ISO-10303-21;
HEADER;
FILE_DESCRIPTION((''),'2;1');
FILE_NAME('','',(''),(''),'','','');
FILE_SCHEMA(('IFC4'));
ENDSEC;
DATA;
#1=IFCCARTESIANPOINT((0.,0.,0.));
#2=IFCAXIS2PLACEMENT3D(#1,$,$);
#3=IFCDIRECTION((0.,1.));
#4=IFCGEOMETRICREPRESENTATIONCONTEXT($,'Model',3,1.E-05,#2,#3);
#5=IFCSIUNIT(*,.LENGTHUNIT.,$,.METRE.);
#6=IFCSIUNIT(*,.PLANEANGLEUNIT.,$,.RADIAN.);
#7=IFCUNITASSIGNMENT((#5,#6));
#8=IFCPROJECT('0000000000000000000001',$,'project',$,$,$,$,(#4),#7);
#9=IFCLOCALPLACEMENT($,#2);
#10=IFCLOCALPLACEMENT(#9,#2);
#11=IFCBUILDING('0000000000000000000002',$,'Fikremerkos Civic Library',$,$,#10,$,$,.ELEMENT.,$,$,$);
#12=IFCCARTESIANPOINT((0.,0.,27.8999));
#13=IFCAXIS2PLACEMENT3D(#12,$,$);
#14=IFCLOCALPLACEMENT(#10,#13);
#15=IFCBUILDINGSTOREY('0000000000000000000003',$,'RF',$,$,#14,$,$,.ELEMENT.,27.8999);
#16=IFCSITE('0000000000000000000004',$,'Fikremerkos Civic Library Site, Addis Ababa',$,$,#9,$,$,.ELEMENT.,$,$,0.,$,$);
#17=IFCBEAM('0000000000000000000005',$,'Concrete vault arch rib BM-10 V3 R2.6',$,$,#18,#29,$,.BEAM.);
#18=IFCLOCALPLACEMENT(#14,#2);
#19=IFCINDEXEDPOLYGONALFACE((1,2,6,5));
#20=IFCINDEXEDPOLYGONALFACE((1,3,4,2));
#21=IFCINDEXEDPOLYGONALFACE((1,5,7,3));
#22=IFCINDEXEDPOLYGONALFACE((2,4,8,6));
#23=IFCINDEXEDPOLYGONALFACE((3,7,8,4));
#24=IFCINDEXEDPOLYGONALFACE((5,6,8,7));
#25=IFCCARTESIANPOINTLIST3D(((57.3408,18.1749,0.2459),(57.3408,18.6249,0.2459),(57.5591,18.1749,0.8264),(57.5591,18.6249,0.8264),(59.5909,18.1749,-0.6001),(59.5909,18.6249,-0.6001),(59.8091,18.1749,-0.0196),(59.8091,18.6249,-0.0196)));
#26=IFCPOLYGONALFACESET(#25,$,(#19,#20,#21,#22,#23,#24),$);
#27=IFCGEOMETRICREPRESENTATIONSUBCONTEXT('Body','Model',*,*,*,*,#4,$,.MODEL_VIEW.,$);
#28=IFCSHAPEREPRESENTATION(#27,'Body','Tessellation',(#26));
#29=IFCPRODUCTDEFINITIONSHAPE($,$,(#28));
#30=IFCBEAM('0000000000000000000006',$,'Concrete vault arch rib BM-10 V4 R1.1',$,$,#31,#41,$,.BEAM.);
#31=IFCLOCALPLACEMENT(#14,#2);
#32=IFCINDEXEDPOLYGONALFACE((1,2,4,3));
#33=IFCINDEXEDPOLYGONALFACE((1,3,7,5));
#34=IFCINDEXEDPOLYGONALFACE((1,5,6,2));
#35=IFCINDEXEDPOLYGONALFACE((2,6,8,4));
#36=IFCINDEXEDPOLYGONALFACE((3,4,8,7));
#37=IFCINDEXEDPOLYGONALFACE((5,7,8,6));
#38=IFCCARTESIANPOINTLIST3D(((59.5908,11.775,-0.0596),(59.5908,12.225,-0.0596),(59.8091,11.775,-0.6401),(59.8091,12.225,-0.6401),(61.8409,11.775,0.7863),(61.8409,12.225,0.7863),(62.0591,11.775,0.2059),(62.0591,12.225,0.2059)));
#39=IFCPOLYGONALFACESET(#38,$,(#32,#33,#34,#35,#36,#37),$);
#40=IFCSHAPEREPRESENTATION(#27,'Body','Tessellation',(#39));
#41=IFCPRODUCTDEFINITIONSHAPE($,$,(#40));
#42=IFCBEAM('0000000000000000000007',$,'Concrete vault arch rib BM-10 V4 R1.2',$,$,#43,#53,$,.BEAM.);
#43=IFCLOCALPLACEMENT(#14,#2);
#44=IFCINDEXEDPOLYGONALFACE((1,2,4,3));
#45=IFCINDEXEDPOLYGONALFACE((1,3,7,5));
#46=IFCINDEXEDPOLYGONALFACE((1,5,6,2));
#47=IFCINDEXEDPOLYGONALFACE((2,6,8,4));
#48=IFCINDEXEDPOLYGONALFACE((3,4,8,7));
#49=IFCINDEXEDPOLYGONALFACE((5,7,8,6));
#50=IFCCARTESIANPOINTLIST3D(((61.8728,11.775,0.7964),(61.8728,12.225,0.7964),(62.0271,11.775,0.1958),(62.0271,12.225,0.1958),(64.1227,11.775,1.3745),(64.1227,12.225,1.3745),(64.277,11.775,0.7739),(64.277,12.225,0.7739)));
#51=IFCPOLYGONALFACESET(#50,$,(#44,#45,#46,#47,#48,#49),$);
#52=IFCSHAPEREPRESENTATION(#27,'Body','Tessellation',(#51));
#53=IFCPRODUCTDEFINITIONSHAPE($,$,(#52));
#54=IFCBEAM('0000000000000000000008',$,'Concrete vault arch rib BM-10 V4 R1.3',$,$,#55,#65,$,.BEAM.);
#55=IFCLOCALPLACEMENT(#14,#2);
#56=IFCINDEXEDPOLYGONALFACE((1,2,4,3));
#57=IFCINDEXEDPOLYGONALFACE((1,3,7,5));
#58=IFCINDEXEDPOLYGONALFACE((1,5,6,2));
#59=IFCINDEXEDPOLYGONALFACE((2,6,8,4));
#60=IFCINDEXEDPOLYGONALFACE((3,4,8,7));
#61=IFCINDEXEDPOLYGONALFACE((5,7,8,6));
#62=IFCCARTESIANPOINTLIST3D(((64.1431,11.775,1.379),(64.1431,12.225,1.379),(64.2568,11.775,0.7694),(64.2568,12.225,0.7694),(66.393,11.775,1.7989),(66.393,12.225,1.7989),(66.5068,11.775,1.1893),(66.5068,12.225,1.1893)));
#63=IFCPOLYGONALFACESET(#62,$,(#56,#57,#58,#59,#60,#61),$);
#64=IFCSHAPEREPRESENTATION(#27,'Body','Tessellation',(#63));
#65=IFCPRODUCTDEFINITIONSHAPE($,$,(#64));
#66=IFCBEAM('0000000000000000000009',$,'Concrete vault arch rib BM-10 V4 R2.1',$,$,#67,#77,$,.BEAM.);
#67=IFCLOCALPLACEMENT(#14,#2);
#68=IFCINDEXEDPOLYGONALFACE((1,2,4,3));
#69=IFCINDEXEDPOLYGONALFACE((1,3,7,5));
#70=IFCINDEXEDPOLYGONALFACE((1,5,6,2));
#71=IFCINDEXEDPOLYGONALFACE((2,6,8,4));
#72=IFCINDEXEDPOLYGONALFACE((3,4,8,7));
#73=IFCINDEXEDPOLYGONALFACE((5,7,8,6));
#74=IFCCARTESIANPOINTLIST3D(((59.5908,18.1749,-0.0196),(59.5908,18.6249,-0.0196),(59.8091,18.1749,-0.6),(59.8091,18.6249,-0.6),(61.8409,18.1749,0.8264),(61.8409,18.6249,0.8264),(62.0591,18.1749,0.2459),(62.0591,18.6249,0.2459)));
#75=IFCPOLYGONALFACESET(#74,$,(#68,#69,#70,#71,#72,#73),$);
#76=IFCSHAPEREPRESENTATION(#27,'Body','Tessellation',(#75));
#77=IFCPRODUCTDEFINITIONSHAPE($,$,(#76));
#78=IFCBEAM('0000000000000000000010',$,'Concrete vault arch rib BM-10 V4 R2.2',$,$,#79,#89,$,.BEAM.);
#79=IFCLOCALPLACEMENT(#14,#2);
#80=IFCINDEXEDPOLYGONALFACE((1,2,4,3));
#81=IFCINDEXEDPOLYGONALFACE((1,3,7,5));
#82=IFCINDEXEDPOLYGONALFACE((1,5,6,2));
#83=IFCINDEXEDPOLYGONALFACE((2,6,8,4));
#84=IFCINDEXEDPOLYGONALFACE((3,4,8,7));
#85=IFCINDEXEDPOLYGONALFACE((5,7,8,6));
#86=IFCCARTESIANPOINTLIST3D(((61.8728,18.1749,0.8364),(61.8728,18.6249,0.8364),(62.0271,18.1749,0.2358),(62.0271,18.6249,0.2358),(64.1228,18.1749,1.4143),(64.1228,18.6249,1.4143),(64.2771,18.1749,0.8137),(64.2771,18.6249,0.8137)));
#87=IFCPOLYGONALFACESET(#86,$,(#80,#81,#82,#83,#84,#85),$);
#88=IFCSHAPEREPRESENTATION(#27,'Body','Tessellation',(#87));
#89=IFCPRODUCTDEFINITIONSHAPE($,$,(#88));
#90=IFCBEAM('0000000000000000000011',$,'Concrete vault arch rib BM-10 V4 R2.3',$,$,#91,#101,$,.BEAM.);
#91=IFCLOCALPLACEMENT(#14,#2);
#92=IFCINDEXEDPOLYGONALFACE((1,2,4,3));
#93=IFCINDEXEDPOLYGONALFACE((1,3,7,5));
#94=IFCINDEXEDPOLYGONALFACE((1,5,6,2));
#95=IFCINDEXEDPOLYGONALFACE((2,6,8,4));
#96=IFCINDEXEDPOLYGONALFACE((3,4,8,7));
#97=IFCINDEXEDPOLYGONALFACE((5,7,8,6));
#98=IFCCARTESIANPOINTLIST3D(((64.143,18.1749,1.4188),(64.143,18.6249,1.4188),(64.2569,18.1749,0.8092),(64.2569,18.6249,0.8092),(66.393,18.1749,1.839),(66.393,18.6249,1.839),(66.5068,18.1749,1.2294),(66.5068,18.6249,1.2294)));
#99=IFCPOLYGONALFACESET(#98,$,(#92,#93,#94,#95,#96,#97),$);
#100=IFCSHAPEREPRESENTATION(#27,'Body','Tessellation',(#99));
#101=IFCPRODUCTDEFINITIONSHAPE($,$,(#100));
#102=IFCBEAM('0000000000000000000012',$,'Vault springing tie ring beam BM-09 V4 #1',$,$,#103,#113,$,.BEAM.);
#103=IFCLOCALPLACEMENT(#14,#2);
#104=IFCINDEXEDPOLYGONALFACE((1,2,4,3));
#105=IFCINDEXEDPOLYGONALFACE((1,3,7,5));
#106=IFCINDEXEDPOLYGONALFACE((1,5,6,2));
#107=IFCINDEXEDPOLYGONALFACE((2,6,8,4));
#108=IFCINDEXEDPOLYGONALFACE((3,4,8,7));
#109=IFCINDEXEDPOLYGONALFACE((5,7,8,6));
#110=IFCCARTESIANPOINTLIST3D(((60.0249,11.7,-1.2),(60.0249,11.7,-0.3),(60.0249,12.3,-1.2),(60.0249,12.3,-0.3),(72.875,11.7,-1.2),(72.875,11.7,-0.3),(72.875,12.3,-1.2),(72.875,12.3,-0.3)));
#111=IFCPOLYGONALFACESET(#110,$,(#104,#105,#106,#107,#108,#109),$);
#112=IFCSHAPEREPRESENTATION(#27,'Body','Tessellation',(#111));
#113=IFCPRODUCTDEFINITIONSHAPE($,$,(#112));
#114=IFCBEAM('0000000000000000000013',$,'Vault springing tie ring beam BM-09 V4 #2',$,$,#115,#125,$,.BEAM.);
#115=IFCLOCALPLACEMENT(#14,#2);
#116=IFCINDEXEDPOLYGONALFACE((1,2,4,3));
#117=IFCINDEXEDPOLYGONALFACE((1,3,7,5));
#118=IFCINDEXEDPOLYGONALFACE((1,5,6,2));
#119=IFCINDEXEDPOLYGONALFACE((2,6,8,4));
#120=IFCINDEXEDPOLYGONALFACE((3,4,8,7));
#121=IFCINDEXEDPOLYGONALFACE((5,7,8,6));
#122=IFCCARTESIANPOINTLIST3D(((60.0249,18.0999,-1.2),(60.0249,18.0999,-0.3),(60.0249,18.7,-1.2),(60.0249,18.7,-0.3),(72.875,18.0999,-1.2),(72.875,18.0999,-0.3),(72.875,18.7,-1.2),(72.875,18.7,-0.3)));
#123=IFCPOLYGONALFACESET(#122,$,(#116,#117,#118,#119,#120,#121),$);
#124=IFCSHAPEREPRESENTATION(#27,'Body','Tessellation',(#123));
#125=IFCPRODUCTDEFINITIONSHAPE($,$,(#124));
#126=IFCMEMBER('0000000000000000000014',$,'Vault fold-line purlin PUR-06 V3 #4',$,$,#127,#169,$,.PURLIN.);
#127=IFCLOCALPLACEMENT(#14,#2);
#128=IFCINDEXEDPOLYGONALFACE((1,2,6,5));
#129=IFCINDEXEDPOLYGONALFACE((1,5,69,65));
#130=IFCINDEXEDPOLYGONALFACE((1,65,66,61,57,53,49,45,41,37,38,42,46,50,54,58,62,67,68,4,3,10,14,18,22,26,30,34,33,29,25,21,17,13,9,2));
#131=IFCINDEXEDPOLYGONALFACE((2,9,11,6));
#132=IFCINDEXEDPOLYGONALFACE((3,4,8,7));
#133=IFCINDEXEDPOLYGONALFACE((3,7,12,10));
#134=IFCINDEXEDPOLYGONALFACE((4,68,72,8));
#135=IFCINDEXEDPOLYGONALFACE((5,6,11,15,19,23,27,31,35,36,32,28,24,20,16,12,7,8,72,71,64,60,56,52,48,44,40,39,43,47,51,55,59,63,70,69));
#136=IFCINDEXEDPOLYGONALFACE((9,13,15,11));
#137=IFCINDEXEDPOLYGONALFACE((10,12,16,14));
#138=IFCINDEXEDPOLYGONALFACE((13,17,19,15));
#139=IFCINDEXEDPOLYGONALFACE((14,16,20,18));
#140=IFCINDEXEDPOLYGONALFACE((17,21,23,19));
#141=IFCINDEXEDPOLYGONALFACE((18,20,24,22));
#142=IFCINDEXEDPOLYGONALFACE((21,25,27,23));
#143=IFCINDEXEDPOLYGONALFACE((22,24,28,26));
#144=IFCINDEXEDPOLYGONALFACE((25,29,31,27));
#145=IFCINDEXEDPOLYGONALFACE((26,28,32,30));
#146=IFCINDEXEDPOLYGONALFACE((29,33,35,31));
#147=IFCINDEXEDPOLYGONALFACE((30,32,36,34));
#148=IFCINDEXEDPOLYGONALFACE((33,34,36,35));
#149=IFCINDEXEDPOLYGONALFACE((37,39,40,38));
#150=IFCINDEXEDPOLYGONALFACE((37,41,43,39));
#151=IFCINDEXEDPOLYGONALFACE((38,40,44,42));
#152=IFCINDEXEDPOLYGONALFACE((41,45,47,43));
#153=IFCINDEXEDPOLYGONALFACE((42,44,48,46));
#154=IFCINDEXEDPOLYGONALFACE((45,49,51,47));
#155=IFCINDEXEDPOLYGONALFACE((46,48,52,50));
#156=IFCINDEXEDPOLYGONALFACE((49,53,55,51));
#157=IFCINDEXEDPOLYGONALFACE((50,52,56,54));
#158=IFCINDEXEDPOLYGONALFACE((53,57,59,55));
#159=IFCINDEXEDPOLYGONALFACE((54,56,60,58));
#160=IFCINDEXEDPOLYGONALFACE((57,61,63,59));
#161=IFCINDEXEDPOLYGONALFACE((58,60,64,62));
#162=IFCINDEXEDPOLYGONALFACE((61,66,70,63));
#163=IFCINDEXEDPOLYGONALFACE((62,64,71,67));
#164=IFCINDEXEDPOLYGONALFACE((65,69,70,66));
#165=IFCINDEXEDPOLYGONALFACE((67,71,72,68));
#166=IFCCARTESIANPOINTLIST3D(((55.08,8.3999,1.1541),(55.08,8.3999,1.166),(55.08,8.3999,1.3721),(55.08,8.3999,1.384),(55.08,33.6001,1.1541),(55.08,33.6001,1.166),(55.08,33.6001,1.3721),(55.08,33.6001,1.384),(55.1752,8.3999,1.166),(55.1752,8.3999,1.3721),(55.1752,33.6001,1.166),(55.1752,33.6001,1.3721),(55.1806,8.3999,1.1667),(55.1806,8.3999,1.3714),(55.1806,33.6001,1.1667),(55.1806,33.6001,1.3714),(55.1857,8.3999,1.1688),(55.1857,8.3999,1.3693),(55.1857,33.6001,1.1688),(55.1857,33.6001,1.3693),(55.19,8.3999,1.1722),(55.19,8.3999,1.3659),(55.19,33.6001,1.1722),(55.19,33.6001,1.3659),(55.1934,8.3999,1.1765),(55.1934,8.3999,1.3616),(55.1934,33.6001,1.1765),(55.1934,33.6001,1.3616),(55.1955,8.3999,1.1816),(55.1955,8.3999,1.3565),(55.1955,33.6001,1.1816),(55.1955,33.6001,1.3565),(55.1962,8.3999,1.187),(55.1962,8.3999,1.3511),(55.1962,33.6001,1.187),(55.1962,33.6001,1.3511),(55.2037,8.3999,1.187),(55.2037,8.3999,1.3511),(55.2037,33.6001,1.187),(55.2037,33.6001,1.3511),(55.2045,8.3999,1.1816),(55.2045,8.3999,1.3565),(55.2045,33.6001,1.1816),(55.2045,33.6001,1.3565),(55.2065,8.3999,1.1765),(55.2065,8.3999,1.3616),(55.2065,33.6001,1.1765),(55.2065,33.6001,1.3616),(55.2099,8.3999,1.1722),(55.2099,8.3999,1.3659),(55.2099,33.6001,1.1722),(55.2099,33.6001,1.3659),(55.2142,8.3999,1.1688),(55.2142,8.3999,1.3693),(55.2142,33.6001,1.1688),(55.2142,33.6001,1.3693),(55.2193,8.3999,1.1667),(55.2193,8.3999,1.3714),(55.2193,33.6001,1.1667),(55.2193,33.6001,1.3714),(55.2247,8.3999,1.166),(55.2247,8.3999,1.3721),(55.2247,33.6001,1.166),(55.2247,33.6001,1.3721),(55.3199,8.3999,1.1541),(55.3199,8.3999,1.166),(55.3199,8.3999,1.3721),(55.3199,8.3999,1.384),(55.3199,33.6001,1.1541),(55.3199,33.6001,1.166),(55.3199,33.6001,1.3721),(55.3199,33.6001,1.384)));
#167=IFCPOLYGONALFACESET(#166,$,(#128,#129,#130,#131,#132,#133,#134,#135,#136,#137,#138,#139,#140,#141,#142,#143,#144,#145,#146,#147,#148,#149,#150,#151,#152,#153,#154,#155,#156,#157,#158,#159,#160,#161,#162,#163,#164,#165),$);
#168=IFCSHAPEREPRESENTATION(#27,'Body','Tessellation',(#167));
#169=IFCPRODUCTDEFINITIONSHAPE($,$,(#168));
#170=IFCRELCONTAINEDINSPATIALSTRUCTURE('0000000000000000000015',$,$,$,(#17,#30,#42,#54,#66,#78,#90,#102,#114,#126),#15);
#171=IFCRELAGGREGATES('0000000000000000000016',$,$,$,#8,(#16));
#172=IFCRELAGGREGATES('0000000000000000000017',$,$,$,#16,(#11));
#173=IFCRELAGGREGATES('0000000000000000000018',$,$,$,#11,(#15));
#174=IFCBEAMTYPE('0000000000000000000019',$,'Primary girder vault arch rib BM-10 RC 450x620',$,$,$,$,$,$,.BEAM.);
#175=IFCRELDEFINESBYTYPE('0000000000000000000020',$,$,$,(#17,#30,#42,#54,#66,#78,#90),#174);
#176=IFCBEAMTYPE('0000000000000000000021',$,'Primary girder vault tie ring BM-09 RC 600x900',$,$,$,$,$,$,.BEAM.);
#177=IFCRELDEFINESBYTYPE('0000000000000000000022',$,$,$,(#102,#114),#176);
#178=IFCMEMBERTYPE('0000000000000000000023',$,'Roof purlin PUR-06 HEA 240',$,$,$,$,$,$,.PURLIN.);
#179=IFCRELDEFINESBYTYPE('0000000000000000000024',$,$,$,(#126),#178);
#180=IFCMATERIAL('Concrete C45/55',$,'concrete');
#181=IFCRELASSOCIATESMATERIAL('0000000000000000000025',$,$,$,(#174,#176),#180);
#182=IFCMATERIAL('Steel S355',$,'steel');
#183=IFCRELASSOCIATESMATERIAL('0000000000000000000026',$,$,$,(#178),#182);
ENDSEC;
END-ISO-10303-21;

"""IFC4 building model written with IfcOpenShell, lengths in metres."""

from ifc_helpers import new_model, si_unit, direction, frame, origin, origin_2d, place, context, subcontext, project, spatial, rectangle, i_section, extrude, material, material_profile, profile_set, type_object, element, save


model = new_model("IFC4")

# Units and contexts
model_context = context("Model", 3, precision=1e-05, world=origin(), true_north=direction((0.0, 1.0)))
body_context = subcontext(model_context, "Body", "Model", "MODEL_VIEW")
ifc_project = project(units=[si_unit("LENGTHUNIT", "METRE"), si_unit("PLANEANGLEUNIT", "RADIAN")], contexts=[model_context])

# Site, building, storey
site_placement = place(None, origin())
site = spatial("IfcSite", under=ifc_project, at=site_placement, Name="Fikremerkos Civic Library Site, Addis Ababa", CompositionType="ELEMENT", RefElevation=0.0)
building_placement = place(site_placement, origin())
building = spatial("IfcBuilding", under=site, at=building_placement, Name="Fikremerkos Civic Library", CompositionType="ELEMENT")
storey_placement = place(building_placement, frame((0.0, 0.0, 27.8999)))
storey = spatial("IfcBuildingStorey", under=building, at=storey_placement, Name="RF", CompositionType="ELEMENT", Elevation=27.8999)

# Shared definitions
ifc_material_1 = material(Name="Steel S355", Category="steel")

# Beams
ifc_material_2 = material(Name="Concrete C45/55", Category="concrete")
ifc_material_profile_1 = material_profile(ifc_material_2, rectangle(XDim=0.45, YDim=0.6201, at=origin_2d()), Name="RC 450x620")
ifc_profile_set_1 = profile_set([ifc_material_profile_1], Name="Concrete C45/55")
beam_type_1 = type_object("IfcBeamType", Name="Primary girder vault arch rib BM-10 RC 450x620", PredefinedType="BEAM", material=ifc_profile_set_1)
for number, where, z_axis, x_axis, name in (
    (1, (57.45, 18.3999, 0.5361), (0.936028, 0.0, -0.351925), (0.0, 1.0, 0.0), "Concrete vault arch rib BM-10 V3 R2.6"),
    (2, (59.7, 12.0, -0.3499), (0.936028, 0.0, 0.351925), (0.0, 1.0, 0.0), "Concrete vault arch rib BM-10 V4 R1.1"),
):
    element("IfcBeam", number, at=place(storey_placement, frame(where, z_axis=z_axis, x_axis=x_axis)), inside=storey, type_object=beam_type_1, Name=name, PredefinedType="BEAM", context=body_context, shape_type="SweptSolid", body=[
        extrude(rectangle(XDim=0.45, YDim=0.6201, at=origin_2d()), origin(), (0.0, 0.0, 1.0), 2.4038),
    ])
beam_1_placement = place(storey_placement, frame((61.95, 12.0, 0.4961), z_axis=(0.968539, 0.0, 0.248861), x_axis=(0.0, 1.0, 0.0)))
element("IfcBeam", 3, at=beam_1_placement, inside=storey, type_object=beam_type_1, Name="Concrete vault arch rib BM-10 V4 R1.2", PredefinedType="BEAM", context=body_context, shape_type="SweptSolid", body=[
    extrude(rectangle(XDim=0.45, YDim=0.6201, at=origin_2d()), origin(), (0.0, 0.0, 1.0), 2.323),
])
beam_2_placement = place(storey_placement, frame((64.2, 12.0, 1.0742), z_axis=(0.983026, 0.0, 0.183464), x_axis=(0.0, 1.0, 0.0)))
element("IfcBeam", 4, at=beam_2_placement, inside=storey, type_object=beam_type_1, Name="Concrete vault arch rib BM-10 V4 R1.3", PredefinedType="BEAM", context=body_context, shape_type="SweptSolid", body=[
    extrude(rectangle(XDim=0.45, YDim=0.6201, at=origin_2d()), origin(), (0.0, 0.0, 1.0), 2.2888),
])
beam_3_placement = place(storey_placement, frame((59.7, 18.3999, -0.3098), z_axis=(0.936028, 0.0, 0.351925), x_axis=(0.0, 1.0, 0.0)))
element("IfcBeam", 5, at=beam_3_placement, inside=storey, type_object=beam_type_1, Name="Concrete vault arch rib BM-10 V4 R2.1", PredefinedType="BEAM", context=body_context, shape_type="SweptSolid", body=[
    extrude(rectangle(XDim=0.45, YDim=0.6201, at=origin_2d()), origin(), (0.0, 0.0, 1.0), 2.4038),
])
beam_4_placement = place(storey_placement, frame((61.95, 18.3999, 0.5361), z_axis=(0.968565, 0.0, 0.248762), x_axis=(0.0, 1.0, 0.0)))
element("IfcBeam", 6, at=beam_4_placement, inside=storey, type_object=beam_type_1, Name="Concrete vault arch rib BM-10 V4 R2.2", PredefinedType="BEAM", context=body_context, shape_type="SweptSolid", body=[
    extrude(rectangle(XDim=0.45, YDim=0.6201, at=origin_2d()), origin(), (0.0, 0.0, 1.0), 2.323),
])
beam_5_placement = place(storey_placement, frame((64.2, 18.3999, 1.114), z_axis=(0.983007, 0.0, 0.183567), x_axis=(0.0, 1.0, 0.0)))
element("IfcBeam", 7, at=beam_5_placement, inside=storey, type_object=beam_type_1, Name="Concrete vault arch rib BM-10 V4 R2.3", PredefinedType="BEAM", context=body_context, shape_type="SweptSolid", body=[
    extrude(rectangle(XDim=0.45, YDim=0.6201, at=origin_2d()), origin(), (0.0, 0.0, 1.0), 2.2888),
])
ifc_material_profile_2 = material_profile(ifc_material_2, rectangle(XDim=0.6001, YDim=0.8999, at=origin_2d()), Name="RC 600x900")
ifc_profile_set_2 = profile_set([ifc_material_profile_2], Name="Concrete C45/55")
beam_type_2 = type_object("IfcBeamType", Name="Primary girder vault tie ring BM-09 RC 600x900", PredefinedType="BEAM", material=ifc_profile_set_2)
for number, where, z_axis, x_axis, name in (
    (8, (60.0249, 12.0, -0.75), (1.0, 0.0, 0.0), (0.0, 1.0, 0.0), "Vault springing tie ring beam BM-09 V4 #1"),
    (9, (60.0249, 18.3999, -0.75), (1.0, 0.0, 0.0), (0.0, 1.0, 0.0), "Vault springing tie ring beam BM-09 V4 #2"),
):
    element("IfcBeam", number, at=place(storey_placement, frame(where, z_axis=z_axis, x_axis=x_axis)), inside=storey, type_object=beam_type_2, Name=name, PredefinedType="BEAM", context=body_context, shape_type="SweptSolid", body=[
        extrude(rectangle(XDim=0.6001, YDim=0.8999, at=origin_2d()), origin(), (0.0, 0.0, 1.0), 12.8501),
    ])

# Member
ifc_material_profile_3 = material_profile(ifc_material_1, i_section(OverallWidth=0.24, OverallDepth=0.23, WebThickness=0.0076, FlangeThickness=0.012, FilletRadius=0.021, at=origin_2d()), Name="HEA 240")
ifc_profile_set_3 = profile_set([ifc_material_profile_3], Name="Steel S355")
member_type_1 = type_object("IfcMemberType", Name="Roof purlin PUR-06 HEA 240", PredefinedType="PURLIN", material=ifc_profile_set_3)
for number, where, z_axis, x_axis, name in (
    (10, (55.2, 8.3999, 1.269), (0.0, 1.0, 0.0), (-1.0, 0.0, 0.0), "Vault fold-line purlin PUR-06 V3 #4"),
):
    element("IfcMember", number, at=place(storey_placement, frame(where, z_axis=z_axis, x_axis=x_axis)), inside=storey, type_object=member_type_1, Name=name, PredefinedType="PURLIN", context=body_context, shape_type="SweptSolid", body=[
        extrude(i_section(OverallWidth=0.24, OverallDepth=0.23, WebThickness=0.0076, FlangeThickness=0.012, FilletRadius=0.021, at=origin_2d()), origin(), (0.0, 0.0, 1.0), 25.2002),
    ])

save(model, "model.ifc")
